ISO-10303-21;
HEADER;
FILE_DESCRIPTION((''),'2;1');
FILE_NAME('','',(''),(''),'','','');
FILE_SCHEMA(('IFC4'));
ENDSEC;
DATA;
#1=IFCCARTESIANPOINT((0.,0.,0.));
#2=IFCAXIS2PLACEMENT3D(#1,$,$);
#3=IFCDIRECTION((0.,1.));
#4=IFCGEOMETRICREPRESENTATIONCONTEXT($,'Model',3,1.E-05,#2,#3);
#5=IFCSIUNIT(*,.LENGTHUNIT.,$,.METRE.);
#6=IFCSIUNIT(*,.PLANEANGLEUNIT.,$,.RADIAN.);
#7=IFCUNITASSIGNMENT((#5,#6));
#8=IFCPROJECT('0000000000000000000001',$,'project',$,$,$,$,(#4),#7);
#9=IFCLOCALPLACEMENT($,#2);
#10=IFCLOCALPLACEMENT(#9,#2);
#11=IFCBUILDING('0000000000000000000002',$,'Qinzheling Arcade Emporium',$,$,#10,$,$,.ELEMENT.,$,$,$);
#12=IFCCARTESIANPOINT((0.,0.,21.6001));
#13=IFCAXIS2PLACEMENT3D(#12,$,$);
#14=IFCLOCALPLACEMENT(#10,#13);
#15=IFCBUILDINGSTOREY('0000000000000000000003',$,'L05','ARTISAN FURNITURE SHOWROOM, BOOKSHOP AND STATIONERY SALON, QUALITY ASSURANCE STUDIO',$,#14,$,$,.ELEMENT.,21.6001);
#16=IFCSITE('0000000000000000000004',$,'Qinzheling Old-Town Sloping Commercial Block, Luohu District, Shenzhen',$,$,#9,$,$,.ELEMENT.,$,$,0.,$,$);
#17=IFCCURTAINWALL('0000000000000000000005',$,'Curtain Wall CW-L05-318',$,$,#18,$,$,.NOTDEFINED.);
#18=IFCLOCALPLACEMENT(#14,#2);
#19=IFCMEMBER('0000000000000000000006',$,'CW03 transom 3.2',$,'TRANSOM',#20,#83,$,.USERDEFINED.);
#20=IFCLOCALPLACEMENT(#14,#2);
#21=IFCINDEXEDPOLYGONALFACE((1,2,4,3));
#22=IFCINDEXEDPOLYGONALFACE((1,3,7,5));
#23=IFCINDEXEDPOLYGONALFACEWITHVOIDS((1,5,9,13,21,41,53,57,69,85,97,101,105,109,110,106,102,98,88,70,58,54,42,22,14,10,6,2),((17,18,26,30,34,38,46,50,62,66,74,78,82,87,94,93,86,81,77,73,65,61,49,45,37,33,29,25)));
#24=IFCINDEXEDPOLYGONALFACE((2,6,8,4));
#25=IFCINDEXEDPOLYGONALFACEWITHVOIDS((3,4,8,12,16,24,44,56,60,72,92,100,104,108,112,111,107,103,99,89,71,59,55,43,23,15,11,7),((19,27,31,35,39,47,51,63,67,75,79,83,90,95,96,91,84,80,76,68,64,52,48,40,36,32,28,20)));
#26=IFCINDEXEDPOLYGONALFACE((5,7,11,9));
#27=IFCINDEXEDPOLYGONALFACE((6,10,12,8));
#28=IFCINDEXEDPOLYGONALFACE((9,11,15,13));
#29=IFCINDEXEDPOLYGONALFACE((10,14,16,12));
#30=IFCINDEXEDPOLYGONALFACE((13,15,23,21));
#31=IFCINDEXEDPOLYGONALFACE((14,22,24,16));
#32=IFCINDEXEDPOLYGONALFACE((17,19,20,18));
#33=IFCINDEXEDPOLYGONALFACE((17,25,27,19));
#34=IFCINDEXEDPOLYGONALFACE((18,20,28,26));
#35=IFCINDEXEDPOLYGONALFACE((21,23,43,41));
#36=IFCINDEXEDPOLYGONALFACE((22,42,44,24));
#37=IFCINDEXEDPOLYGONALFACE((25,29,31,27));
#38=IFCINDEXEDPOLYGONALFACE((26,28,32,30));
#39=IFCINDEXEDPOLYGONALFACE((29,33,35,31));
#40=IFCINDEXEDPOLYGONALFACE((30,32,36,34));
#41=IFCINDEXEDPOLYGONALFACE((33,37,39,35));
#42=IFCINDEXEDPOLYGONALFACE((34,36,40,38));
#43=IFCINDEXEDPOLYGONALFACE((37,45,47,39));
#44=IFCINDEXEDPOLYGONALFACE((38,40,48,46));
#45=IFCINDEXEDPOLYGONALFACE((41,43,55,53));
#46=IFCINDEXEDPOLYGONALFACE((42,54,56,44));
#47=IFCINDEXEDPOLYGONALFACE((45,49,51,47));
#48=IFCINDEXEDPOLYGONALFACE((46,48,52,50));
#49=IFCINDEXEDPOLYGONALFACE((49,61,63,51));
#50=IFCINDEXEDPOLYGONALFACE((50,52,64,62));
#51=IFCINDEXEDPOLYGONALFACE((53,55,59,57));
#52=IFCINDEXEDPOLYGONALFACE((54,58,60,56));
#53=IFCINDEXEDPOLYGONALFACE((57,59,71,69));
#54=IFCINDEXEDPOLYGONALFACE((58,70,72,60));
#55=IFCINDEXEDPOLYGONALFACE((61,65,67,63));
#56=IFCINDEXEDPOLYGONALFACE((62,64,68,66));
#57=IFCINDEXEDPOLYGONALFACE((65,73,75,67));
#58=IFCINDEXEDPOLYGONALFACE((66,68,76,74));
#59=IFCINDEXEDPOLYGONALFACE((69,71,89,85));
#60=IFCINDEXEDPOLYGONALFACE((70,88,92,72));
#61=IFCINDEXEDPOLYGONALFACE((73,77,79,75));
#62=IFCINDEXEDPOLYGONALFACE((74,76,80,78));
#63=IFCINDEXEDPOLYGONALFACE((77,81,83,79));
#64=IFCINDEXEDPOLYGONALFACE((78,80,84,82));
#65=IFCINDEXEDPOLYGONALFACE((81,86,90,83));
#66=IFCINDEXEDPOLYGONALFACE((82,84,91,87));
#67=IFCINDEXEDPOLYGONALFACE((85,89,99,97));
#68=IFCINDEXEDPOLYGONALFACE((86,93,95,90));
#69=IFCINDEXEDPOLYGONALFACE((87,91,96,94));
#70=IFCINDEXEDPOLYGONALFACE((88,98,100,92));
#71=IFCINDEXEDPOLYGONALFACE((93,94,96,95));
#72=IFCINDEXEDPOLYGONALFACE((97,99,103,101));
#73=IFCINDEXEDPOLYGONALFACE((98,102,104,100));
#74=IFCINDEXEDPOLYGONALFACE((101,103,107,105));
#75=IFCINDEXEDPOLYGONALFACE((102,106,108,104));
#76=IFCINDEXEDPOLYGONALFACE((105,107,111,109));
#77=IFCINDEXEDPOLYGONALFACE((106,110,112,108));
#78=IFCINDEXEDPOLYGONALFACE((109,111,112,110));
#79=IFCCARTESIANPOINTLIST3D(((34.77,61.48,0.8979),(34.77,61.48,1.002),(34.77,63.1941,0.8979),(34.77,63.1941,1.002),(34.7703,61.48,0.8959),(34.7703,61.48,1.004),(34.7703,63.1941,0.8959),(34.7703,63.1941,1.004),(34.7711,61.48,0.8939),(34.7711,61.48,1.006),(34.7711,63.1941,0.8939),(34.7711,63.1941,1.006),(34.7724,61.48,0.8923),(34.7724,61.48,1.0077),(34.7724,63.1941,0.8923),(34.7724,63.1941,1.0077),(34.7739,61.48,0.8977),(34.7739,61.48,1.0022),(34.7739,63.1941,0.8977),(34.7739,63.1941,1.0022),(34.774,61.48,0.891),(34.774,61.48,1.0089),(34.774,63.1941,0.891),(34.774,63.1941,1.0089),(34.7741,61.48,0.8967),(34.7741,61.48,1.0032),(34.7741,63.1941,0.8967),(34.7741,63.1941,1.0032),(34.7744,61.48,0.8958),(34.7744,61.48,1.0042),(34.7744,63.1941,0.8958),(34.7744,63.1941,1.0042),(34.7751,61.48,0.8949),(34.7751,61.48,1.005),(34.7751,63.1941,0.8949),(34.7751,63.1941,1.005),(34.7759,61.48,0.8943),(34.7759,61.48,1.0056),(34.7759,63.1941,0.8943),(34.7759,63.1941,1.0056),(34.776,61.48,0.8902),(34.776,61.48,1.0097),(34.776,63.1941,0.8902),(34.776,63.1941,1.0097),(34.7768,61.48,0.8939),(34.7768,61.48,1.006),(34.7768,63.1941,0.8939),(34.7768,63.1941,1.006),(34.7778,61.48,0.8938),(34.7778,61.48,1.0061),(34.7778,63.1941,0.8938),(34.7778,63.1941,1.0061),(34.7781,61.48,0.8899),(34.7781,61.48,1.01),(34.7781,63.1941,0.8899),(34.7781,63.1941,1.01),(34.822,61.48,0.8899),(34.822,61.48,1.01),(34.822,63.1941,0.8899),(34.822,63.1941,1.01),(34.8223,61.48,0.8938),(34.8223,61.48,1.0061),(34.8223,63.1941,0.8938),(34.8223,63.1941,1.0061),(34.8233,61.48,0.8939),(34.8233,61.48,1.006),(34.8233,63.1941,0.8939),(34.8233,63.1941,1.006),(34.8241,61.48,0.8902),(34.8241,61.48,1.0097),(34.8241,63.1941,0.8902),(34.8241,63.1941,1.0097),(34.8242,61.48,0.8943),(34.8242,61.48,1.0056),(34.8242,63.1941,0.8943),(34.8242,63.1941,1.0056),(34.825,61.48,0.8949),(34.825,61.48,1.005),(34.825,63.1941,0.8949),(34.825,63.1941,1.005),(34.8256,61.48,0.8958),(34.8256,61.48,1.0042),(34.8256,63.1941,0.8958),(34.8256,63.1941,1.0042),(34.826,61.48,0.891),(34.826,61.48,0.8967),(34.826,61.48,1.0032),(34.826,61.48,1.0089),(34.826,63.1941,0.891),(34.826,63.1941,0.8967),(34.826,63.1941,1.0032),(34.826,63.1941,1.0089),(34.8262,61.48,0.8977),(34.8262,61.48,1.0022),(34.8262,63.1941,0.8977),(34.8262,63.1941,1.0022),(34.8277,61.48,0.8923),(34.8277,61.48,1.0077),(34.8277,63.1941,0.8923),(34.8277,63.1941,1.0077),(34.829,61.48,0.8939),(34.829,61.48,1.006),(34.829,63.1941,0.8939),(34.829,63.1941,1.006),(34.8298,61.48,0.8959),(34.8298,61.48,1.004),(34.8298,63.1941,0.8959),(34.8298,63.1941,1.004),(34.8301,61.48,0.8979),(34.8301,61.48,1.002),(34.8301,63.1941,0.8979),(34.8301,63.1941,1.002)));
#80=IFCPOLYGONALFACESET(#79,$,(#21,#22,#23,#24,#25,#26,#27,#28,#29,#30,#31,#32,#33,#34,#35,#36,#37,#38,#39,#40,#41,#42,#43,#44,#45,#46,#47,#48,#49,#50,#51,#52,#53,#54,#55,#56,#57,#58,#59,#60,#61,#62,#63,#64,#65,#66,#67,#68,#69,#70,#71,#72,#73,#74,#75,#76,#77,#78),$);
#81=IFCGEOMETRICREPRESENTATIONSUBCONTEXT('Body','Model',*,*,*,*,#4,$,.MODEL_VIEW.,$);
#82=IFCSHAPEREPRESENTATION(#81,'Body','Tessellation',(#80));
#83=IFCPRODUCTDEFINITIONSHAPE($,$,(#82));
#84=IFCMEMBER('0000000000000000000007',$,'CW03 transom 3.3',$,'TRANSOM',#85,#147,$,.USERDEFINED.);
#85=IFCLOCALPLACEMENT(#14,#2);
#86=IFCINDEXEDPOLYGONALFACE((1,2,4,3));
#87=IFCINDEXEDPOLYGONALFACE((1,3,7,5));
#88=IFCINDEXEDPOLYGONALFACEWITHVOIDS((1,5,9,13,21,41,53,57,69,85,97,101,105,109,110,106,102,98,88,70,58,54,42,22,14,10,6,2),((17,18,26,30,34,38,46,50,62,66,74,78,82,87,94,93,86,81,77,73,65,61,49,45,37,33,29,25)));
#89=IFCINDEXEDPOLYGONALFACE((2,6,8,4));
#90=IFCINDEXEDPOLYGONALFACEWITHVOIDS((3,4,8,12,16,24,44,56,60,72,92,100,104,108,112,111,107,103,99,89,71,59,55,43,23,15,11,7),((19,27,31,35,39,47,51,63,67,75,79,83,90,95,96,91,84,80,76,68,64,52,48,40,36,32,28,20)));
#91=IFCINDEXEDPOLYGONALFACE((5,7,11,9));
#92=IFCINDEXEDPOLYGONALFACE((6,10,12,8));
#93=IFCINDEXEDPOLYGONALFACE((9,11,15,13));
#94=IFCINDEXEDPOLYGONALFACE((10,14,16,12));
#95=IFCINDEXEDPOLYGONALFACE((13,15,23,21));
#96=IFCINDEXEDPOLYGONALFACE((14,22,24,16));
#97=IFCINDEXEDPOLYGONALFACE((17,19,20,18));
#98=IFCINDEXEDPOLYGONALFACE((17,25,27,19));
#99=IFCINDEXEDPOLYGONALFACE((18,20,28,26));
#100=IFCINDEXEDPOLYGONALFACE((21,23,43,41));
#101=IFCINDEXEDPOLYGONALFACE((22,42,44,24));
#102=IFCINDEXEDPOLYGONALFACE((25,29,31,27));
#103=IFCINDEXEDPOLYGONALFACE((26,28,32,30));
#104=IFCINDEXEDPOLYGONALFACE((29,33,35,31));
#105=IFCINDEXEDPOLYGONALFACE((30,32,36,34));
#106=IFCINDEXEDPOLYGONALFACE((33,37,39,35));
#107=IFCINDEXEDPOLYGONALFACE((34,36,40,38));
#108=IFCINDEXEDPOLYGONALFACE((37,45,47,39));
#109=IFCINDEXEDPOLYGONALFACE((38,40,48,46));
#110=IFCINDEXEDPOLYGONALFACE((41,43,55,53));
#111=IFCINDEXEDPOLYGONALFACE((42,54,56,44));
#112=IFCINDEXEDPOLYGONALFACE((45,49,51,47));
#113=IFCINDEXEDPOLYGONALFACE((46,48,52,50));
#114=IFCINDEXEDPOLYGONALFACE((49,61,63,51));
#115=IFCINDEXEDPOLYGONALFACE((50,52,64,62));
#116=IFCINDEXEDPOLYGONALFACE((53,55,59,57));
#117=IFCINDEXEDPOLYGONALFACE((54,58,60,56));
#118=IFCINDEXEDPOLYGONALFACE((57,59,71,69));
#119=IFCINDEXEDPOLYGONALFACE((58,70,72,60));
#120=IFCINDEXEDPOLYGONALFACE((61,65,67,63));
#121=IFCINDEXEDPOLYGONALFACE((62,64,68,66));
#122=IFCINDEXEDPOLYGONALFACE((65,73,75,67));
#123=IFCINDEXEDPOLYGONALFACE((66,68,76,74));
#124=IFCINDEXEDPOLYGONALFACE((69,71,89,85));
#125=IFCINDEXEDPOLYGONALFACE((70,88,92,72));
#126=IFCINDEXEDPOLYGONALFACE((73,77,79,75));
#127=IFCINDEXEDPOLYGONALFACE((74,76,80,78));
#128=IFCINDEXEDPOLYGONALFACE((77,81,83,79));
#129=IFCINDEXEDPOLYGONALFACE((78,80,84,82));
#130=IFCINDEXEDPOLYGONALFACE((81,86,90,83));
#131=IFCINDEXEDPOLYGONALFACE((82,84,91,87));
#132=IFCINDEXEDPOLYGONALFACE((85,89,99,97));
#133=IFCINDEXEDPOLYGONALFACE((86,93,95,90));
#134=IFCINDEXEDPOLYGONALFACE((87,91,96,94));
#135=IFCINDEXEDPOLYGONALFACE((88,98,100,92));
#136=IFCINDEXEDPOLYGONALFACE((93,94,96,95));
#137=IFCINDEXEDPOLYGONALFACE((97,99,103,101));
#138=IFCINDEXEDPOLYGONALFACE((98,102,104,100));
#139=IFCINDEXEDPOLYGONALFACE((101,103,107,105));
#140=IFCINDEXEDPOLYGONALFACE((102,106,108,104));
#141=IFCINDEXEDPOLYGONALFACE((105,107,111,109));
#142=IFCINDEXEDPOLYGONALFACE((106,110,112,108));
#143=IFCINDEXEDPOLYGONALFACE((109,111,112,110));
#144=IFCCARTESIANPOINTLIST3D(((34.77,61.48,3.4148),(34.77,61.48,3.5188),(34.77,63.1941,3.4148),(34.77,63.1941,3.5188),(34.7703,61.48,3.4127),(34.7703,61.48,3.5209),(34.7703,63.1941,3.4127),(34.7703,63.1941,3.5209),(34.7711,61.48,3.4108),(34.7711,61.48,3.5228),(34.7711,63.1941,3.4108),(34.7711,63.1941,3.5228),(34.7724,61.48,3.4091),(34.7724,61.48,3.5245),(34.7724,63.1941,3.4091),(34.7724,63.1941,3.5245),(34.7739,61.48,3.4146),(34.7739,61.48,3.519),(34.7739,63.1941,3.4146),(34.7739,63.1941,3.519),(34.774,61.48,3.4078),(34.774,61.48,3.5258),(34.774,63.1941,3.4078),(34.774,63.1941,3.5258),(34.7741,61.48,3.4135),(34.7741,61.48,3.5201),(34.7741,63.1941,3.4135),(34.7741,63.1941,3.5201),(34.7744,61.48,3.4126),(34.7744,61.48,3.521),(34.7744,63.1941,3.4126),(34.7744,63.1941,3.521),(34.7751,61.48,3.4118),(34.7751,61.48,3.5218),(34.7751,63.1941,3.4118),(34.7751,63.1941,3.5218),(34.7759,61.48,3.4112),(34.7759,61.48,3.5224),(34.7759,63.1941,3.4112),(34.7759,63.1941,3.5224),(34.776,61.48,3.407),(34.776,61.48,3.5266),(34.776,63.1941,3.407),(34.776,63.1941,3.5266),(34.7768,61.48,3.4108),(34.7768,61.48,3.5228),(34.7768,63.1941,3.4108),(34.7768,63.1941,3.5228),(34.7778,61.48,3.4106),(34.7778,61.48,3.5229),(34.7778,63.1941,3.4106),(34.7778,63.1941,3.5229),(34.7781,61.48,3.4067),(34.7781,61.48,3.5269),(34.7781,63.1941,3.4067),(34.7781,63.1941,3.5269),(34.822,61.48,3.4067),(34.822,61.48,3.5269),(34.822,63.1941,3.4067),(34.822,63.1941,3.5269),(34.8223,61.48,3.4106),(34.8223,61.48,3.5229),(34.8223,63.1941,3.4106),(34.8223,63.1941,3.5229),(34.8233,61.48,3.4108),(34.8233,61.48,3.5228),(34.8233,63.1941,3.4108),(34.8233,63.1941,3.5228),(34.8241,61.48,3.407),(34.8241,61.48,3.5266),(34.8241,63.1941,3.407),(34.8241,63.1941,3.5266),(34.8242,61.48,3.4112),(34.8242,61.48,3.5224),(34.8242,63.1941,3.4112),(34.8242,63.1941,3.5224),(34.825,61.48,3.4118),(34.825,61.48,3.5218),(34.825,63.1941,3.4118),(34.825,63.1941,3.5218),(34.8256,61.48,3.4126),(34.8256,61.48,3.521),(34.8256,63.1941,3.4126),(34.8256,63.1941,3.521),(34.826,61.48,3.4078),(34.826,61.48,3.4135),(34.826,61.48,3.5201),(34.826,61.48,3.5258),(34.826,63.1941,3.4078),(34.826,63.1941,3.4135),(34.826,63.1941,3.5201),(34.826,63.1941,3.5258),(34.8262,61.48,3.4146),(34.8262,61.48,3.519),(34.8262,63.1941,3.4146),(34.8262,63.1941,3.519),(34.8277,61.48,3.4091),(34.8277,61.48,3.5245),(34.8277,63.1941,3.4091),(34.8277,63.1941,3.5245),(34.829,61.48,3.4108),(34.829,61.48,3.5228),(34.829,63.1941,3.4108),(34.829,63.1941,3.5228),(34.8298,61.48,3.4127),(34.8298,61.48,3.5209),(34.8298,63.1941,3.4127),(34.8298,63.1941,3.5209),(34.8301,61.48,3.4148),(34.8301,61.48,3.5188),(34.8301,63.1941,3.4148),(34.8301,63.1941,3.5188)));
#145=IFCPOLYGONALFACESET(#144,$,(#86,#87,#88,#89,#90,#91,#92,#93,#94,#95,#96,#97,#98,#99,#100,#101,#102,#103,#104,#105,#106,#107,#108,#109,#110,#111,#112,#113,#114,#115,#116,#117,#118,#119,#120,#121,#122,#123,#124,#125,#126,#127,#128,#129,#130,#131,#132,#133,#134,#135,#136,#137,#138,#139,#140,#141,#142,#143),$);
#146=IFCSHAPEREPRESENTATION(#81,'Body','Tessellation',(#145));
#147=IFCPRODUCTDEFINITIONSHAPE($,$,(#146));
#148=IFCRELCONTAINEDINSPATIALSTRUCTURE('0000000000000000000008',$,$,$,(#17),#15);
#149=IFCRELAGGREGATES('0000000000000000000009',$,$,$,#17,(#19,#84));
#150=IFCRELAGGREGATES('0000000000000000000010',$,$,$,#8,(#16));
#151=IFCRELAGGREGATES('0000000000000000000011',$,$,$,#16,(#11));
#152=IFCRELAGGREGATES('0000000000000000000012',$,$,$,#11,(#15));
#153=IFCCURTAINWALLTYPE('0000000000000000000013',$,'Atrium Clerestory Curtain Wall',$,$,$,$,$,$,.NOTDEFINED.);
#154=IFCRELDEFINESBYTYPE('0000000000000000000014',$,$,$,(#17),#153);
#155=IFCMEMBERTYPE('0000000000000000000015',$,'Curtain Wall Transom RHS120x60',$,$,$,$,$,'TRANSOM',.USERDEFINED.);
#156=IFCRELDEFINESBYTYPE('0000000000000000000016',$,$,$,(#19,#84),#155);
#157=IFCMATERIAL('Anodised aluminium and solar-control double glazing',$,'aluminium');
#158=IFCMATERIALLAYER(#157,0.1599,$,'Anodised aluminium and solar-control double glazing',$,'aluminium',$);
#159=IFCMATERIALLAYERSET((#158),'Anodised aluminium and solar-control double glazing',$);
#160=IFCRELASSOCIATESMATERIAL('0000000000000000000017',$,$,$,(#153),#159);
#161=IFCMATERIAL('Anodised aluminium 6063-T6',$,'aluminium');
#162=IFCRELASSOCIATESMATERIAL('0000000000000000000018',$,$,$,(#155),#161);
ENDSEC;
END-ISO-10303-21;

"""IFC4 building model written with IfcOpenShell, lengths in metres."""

from ifc_helpers import new_model, si_unit, direction, frame, origin, origin_2d, place, context, subcontext, project, spatial, hollow_rectangle, extrude, material, layer, layer_set, material_profile, profile_set, type_object, element, aggregate, save


model = new_model("IFC4")

# Units and contexts
model_context = context("Model", 3, precision=1e-05, world=origin(), true_north=direction((0.0, 1.0)))
body_context = subcontext(model_context, "Body", "Model", "MODEL_VIEW")
ifc_project = project(units=[si_unit("LENGTHUNIT", "METRE"), si_unit("PLANEANGLEUNIT", "RADIAN")], contexts=[model_context])

# Site, building, storey
site_placement = place(None, origin())
site = spatial("IfcSite", under=ifc_project, at=site_placement, Name="Qinzheling Old-Town Sloping Commercial Block, Luohu District, Shenzhen", CompositionType="ELEMENT", RefElevation=0.0)
building_placement = place(site_placement, origin())
building = spatial("IfcBuilding", under=site, at=building_placement, Name="Qinzheling Arcade Emporium", CompositionType="ELEMENT")
storey_placement = place(building_placement, frame((0.0, 0.0, 21.6001)))
storey = spatial("IfcBuildingStorey", under=building, at=storey_placement, Name="L05", Description="ARTISAN FURNITURE SHOWROOM, BOOKSHOP AND STATIONERY SALON, QUALITY ASSURANCE STUDIO", CompositionType="ELEMENT", Elevation=21.6001)

# Curtain wall, members
ifc_material_1 = material(Name="Anodised aluminium and solar-control double glazing", Category="aluminium")
ifc_layer_1 = layer(ifc_material_1, 0.1599, Name="Anodised aluminium and solar-control double glazing", Category="aluminium")
ifc_layer_set_1 = layer_set([ifc_layer_1], Name="Anodised aluminium and solar-control double glazing")
curtain_wall_type = type_object("IfcCurtainWallType", Name="Atrium Clerestory Curtain Wall", PredefinedType="NOTDEFINED", material=ifc_layer_set_1)
curtain_wall_placement = place(storey_placement, origin())
curtain_wall = element("IfcCurtainWall", 1, at=curtain_wall_placement, inside=storey, type_object=curtain_wall_type, Name="Curtain Wall CW-L05-318", PredefinedType="NOTDEFINED")
ifc_material_2 = material(Name="Anodised aluminium 6063-T6", Category="aluminium")
ifc_material_profile_1 = material_profile(ifc_material_2, hollow_rectangle(XDim=0.0601, YDim=0.1201, WallThickness=0.0039, InnerFilletRadius=0.0039, OuterFilletRadius=0.0081, at=origin_2d()), Name="RHS 120x60x4", Category="aluminium")
ifc_profile_set_1 = profile_set([ifc_material_profile_1], Name="Anodised aluminium 6063-T6")
member_type = type_object("IfcMemberType", Name="Curtain Wall Transom RHS120x60", ElementType="TRANSOM", PredefinedType="USERDEFINED", material=ifc_profile_set_1)
member_1_placement = place(storey_placement, frame((34.8, 61.48, 0.95), z_axis=(0.0, 1.0, 0.0), x_axis=(-1.0, 0.0, 0.0)))
member_1 = element("IfcMember", 2, at=member_1_placement, type_object=member_type, Name="CW03 transom 3.2", ObjectType="TRANSOM", PredefinedType="USERDEFINED", context=body_context, shape_type="SweptSolid", body=[
    extrude(hollow_rectangle(XDim=0.0601, YDim=0.1201, WallThickness=0.0039, InnerFilletRadius=0.0039, OuterFilletRadius=0.0081, at=origin_2d()), origin(), (0.0, 0.0, 1.0), 1.7141),
])
member_2_placement = place(storey_placement, frame((34.8, 61.48, 3.4668), z_axis=(0.0, 1.0, 0.0), x_axis=(-1.0, 0.0, 0.0)))
member_2 = element("IfcMember", 3, at=member_2_placement, type_object=member_type, Name="CW03 transom 3.3", ObjectType="TRANSOM", PredefinedType="USERDEFINED", context=body_context, shape_type="SweptSolid", body=[
    extrude(hollow_rectangle(XDim=0.0601, YDim=0.1201, WallThickness=0.0039, InnerFilletRadius=0.0039, OuterFilletRadius=0.0081, at=origin_2d()), origin(), (0.0, 0.0, 1.0), 1.7141),
])

aggregate(curtain_wall, [member_1, member_2])

save(model, "model.ifc")
